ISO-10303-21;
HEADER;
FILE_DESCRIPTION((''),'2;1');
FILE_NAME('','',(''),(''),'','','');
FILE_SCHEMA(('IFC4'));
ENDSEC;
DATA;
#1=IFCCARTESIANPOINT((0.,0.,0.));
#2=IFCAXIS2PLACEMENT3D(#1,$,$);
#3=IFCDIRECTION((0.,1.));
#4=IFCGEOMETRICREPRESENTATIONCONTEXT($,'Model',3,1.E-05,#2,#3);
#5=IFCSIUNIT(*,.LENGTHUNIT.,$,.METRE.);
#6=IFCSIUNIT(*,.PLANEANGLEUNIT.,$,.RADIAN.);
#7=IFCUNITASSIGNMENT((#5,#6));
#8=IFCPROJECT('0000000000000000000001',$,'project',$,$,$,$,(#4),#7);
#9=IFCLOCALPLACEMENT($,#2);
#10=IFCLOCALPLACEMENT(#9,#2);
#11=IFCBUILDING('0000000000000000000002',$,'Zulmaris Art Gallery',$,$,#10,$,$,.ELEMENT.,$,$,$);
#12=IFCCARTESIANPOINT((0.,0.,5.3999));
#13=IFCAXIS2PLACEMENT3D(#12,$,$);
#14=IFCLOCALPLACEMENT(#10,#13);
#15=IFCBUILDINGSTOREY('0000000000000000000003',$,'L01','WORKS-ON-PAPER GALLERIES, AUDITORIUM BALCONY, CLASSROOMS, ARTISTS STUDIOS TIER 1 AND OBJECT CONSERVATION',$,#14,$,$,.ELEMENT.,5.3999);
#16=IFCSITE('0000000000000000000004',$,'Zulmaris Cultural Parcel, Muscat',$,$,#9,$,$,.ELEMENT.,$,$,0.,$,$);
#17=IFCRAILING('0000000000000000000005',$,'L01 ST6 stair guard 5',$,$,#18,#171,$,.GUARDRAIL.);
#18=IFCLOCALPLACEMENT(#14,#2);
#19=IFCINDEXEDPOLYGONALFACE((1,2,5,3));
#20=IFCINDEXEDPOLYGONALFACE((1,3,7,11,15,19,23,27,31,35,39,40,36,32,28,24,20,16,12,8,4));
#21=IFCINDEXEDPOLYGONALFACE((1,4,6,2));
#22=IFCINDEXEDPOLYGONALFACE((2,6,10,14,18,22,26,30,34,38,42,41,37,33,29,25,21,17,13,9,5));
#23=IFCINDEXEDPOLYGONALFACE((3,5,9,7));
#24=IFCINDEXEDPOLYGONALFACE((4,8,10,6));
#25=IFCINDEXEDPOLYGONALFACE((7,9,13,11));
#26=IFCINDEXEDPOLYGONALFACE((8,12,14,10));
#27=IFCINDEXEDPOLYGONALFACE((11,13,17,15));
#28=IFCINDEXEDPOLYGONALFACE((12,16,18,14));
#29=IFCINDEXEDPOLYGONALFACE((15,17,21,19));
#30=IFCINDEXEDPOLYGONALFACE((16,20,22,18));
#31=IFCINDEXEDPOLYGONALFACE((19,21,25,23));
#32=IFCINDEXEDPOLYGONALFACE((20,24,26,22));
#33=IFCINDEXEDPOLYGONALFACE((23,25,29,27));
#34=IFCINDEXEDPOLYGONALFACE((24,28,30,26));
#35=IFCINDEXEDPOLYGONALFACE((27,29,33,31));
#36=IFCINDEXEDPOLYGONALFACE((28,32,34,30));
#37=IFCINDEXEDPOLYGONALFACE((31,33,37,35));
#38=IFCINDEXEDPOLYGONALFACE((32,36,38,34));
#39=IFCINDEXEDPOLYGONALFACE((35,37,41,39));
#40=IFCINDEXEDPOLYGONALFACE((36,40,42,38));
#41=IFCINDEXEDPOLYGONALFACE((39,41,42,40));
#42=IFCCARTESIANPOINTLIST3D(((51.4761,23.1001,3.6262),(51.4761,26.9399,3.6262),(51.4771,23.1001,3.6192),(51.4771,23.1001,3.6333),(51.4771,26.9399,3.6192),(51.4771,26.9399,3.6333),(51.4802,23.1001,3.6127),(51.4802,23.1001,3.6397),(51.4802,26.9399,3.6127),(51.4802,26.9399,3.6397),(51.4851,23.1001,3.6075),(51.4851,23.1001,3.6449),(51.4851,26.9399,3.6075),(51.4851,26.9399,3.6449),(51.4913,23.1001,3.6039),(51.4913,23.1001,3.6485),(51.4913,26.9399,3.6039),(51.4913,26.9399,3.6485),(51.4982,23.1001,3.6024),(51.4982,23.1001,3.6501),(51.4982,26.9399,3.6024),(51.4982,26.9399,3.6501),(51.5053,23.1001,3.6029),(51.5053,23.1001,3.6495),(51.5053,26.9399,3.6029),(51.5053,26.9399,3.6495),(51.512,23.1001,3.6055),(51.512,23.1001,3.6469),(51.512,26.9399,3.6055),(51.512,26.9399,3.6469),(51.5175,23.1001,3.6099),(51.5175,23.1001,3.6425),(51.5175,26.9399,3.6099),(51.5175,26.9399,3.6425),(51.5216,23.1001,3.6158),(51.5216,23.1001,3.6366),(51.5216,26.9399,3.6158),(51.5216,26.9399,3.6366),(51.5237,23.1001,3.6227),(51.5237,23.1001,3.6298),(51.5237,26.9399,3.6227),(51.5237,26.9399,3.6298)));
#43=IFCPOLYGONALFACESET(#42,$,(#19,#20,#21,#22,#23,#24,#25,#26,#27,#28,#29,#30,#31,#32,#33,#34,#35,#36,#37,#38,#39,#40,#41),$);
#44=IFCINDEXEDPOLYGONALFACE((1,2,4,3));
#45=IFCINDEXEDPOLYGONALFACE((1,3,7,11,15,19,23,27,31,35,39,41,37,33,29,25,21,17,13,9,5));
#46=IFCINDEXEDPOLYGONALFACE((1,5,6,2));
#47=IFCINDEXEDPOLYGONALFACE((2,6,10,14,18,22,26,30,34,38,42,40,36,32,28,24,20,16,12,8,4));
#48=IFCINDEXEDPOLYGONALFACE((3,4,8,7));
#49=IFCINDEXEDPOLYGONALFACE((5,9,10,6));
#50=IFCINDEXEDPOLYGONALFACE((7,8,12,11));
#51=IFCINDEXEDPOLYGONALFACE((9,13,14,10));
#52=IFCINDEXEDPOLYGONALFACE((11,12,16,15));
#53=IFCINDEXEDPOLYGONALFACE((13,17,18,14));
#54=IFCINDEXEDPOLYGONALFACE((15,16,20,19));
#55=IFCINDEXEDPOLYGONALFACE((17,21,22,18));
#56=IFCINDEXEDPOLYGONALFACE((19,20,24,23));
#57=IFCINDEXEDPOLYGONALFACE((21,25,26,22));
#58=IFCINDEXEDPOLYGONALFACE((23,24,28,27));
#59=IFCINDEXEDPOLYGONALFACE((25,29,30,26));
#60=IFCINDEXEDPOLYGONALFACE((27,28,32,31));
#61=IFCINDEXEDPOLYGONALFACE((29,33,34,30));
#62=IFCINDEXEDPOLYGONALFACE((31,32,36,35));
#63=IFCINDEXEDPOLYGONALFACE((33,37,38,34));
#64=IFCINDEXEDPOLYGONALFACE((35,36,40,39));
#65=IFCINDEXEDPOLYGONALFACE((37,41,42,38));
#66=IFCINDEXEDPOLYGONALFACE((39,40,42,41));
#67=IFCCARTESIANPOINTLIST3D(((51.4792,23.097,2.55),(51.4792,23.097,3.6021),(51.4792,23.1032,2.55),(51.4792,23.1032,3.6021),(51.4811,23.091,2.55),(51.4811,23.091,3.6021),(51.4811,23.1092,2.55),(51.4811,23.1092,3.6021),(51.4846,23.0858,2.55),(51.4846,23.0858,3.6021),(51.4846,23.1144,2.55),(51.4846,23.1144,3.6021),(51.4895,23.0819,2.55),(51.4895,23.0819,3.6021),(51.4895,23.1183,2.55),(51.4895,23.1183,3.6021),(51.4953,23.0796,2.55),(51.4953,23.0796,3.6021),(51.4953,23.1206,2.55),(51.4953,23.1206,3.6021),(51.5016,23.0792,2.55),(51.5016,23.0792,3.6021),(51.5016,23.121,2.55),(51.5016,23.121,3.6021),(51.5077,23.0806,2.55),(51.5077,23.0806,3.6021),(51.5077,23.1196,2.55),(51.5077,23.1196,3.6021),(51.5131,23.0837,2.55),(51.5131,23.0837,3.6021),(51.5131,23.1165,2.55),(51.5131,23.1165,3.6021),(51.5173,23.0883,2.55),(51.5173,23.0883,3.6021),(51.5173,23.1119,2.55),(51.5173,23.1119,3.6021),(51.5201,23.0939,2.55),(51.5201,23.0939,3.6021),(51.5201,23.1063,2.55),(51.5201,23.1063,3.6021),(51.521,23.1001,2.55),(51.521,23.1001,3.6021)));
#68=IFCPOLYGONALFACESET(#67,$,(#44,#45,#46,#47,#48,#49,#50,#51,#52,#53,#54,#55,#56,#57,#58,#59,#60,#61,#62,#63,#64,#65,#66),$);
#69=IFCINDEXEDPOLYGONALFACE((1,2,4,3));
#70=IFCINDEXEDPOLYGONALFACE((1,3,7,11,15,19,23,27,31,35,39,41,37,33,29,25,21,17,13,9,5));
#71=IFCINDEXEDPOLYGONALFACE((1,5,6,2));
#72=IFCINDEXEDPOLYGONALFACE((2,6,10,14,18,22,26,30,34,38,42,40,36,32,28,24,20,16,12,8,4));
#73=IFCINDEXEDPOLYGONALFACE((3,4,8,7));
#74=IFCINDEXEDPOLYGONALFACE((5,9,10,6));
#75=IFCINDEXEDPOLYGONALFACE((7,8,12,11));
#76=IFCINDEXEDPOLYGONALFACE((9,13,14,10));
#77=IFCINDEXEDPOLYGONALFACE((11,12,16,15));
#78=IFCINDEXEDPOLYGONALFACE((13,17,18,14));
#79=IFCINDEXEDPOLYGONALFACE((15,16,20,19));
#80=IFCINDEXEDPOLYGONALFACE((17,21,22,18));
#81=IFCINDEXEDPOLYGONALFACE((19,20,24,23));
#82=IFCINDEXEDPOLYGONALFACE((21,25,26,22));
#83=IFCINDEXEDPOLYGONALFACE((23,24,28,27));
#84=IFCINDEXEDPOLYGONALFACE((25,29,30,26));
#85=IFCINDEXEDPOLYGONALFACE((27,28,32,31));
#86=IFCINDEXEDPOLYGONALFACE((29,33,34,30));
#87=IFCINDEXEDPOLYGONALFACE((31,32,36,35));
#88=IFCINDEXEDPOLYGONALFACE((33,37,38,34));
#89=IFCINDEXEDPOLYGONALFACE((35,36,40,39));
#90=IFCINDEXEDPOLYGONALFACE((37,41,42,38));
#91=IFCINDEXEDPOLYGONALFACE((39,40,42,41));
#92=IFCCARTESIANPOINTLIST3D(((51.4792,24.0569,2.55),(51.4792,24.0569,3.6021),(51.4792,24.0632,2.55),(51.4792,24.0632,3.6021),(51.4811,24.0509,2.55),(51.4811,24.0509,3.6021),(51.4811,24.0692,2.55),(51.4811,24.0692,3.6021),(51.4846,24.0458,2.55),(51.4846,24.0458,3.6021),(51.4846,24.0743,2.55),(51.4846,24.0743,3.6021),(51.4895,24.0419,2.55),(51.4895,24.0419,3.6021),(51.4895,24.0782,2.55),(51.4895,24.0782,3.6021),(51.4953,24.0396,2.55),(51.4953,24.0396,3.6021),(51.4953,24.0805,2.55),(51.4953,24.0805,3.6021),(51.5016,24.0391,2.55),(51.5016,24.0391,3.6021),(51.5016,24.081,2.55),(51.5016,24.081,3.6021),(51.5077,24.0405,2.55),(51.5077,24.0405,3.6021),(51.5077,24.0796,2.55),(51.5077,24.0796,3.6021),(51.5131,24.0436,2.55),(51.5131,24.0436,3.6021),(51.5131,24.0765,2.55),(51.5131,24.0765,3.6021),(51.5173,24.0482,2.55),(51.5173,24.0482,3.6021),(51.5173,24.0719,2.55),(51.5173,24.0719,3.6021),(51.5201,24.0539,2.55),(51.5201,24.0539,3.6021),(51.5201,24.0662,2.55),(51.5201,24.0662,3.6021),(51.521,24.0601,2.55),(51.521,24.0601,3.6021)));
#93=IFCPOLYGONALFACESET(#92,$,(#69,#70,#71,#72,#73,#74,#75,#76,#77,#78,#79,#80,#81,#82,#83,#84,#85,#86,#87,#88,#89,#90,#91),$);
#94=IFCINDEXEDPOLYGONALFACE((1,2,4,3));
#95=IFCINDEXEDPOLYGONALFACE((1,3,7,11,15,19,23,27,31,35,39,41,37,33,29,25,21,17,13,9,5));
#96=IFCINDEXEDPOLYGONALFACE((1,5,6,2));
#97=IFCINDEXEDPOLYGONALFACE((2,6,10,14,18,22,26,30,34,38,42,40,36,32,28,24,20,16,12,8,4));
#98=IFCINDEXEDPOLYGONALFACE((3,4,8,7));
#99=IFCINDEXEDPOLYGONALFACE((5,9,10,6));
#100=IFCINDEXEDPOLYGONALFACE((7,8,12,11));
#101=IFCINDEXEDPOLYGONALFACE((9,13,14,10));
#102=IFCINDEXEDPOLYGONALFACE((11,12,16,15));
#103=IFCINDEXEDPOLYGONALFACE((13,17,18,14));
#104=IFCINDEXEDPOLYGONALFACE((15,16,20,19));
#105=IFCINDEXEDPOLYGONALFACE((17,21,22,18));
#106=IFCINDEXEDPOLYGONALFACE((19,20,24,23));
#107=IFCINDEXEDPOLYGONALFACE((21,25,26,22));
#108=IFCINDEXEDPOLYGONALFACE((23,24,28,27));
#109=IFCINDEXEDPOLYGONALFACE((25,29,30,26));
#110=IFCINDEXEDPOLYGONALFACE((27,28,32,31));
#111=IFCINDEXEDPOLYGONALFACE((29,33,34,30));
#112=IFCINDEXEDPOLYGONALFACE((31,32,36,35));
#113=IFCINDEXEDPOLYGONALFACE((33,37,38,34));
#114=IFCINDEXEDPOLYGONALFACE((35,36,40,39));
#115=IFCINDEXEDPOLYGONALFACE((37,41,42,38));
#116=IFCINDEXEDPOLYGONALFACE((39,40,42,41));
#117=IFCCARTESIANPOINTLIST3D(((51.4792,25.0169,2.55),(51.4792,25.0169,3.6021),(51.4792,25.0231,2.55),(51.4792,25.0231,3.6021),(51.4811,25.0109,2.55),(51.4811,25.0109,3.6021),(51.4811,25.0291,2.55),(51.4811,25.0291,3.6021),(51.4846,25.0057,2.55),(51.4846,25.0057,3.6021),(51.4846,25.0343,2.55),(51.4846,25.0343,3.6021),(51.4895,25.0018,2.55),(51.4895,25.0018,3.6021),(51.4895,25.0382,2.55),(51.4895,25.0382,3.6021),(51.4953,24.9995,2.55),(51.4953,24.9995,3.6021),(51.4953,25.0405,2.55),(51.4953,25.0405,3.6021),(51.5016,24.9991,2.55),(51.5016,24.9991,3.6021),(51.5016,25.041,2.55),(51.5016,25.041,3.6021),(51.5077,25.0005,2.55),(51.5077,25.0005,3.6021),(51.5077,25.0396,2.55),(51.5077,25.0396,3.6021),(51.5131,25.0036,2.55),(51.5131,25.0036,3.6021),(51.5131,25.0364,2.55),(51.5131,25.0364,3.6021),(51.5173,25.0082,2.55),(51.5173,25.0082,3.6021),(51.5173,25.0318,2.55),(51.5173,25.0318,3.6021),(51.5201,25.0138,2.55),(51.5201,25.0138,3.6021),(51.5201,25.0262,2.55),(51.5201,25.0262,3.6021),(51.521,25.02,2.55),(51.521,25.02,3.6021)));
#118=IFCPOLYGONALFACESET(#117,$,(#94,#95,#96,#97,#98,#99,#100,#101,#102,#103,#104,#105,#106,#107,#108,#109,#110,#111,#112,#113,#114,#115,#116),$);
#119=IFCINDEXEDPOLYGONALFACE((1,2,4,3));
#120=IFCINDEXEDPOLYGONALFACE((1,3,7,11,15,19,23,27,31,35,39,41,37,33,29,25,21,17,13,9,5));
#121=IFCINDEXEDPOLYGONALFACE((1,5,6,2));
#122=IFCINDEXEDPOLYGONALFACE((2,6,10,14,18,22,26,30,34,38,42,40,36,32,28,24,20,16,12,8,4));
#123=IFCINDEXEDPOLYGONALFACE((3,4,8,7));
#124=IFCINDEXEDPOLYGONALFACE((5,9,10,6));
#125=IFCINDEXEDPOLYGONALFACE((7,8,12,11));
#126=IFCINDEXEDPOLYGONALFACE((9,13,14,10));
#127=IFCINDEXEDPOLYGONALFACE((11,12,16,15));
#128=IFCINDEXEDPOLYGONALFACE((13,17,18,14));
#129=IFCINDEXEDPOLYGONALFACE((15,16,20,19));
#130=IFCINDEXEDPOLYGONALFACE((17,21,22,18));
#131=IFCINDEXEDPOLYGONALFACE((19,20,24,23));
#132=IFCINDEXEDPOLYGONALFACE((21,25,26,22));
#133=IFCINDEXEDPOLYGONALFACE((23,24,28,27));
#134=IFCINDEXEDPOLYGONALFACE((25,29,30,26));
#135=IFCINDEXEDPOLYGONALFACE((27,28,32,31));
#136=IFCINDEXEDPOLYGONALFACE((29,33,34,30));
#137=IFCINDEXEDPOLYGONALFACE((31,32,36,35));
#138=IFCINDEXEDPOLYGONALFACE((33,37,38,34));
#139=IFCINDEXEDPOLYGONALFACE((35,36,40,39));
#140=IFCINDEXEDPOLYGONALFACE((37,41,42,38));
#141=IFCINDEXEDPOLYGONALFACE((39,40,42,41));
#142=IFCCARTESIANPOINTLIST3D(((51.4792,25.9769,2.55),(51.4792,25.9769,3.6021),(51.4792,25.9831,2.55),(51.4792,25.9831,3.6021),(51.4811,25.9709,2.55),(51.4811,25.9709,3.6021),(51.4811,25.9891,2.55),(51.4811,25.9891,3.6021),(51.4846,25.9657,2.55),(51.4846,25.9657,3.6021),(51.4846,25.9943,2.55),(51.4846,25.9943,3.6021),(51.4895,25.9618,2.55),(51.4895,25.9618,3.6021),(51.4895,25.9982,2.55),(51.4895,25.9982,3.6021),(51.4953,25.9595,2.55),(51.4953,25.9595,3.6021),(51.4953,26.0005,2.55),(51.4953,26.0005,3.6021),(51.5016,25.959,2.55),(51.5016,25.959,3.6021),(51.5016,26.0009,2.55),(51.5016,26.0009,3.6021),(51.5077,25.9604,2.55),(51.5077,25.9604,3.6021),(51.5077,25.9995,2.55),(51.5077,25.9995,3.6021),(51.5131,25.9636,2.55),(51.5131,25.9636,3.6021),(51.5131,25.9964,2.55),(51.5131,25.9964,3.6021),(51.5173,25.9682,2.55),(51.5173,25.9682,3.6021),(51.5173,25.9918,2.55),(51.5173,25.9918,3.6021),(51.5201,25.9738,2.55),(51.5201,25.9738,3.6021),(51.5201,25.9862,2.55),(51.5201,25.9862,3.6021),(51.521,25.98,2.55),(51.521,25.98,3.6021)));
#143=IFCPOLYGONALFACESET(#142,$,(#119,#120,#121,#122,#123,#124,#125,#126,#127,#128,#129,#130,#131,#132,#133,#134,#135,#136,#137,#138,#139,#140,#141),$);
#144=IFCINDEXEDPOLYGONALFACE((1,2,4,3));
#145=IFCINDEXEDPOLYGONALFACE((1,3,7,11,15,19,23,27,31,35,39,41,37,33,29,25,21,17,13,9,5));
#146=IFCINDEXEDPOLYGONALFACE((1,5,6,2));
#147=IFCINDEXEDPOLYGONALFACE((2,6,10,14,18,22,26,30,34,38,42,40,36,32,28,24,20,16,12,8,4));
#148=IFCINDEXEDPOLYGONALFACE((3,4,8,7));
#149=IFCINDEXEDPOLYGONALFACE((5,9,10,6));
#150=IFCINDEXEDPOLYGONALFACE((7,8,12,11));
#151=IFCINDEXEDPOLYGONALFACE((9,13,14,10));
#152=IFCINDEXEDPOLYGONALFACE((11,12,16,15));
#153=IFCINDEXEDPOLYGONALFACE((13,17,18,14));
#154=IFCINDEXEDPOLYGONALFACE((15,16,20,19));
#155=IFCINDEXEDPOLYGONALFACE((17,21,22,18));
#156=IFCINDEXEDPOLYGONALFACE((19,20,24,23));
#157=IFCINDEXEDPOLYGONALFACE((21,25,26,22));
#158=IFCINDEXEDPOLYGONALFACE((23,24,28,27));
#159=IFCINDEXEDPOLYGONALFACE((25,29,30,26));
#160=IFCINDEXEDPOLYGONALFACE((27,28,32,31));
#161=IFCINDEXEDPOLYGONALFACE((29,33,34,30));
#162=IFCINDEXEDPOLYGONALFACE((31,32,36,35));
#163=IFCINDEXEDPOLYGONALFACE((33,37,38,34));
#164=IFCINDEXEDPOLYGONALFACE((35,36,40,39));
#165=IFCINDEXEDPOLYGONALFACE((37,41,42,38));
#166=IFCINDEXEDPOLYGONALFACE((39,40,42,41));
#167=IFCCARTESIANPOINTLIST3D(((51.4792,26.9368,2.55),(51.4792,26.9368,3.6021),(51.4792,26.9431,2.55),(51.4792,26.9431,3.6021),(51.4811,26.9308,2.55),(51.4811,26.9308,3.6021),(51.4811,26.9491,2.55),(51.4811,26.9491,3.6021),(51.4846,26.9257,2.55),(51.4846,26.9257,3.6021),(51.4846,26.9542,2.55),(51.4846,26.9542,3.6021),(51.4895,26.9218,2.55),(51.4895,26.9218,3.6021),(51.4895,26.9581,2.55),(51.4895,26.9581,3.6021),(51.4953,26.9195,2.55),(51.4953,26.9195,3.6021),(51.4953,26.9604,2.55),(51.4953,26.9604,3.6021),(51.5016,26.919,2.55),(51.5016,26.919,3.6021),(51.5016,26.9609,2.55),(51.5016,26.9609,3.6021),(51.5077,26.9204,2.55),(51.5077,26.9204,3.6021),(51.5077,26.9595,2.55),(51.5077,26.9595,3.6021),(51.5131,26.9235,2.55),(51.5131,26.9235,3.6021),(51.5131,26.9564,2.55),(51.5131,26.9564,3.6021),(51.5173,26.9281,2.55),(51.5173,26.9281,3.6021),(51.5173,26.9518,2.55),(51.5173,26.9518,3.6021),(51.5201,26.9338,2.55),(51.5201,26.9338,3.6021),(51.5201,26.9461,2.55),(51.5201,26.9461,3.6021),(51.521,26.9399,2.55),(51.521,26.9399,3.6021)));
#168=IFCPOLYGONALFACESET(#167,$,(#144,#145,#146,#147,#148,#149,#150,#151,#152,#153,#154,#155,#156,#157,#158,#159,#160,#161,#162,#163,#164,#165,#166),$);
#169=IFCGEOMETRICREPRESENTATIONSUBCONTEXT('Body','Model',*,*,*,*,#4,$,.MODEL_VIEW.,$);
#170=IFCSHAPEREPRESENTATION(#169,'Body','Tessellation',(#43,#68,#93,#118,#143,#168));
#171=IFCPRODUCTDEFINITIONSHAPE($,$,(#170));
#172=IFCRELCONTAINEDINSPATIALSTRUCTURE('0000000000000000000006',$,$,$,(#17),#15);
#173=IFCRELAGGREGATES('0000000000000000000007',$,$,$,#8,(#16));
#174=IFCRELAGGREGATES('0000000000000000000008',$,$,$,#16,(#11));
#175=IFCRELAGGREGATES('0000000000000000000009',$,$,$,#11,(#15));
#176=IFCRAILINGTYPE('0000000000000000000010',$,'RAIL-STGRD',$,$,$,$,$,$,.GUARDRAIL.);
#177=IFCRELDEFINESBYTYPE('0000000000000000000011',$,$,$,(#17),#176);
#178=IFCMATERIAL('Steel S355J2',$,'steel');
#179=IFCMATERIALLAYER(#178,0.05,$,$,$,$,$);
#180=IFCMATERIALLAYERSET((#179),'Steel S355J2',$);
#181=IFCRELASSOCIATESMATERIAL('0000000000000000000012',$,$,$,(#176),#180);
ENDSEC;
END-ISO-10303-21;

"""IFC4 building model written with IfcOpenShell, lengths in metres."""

from ifc_helpers import new_model, si_unit, direction, frame, origin, origin_2d, place, context, subcontext, project, spatial, circle, extrude, material, layer, layer_set, type_object, element, save


model = new_model("IFC4")

# Units and contexts
model_context = context("Model", 3, precision=1e-05, world=origin(), true_north=direction((0.0, 1.0)))
body_context = subcontext(model_context, "Body", "Model", "MODEL_VIEW")
ifc_project = project(units=[si_unit("LENGTHUNIT", "METRE"), si_unit("PLANEANGLEUNIT", "RADIAN")], contexts=[model_context])

# Site, building, storey
site_placement = place(None, origin())
site = spatial("IfcSite", under=ifc_project, at=site_placement, Name="Zulmaris Cultural Parcel, Muscat", CompositionType="ELEMENT", RefElevation=0.0)
building_placement = place(site_placement, origin())
building = spatial("IfcBuilding", under=site, at=building_placement, Name="Zulmaris Art Gallery", CompositionType="ELEMENT")
storey_placement = place(building_placement, frame((0.0, 0.0, 5.3999)))
storey = spatial("IfcBuildingStorey", under=building, at=storey_placement, Name="L01", Description="WORKS-ON-PAPER GALLERIES, AUDITORIUM BALCONY, CLASSROOMS, ARTISTS STUDIOS TIER 1 AND OBJECT CONSERVATION", CompositionType="ELEMENT", Elevation=5.3999)

# Shared definitions
ifc_material_1 = material(Name="Steel S355J2", Category="steel")

# Railing
ifc_layer_1 = layer(ifc_material_1, 0.05)
ifc_layer_set_1 = layer_set([ifc_layer_1], Name="Steel S355J2")
railing_type_1 = type_object("IfcRailingType", Name="RAIL-STGRD", PredefinedType="GUARDRAIL", material=ifc_layer_set_1)
railing_1_placement = place(storey_placement, frame((51.5, 23.1001, 2.55)))
element("IfcRailing", 1, at=railing_1_placement, inside=storey, type_object=railing_type_1, Name="L01 ST6 stair guard 5", PredefinedType="GUARDRAIL", context=body_context, shape_type="SweptSolid", body=[
    extrude(circle(Radius=0.0239, at=origin_2d()), frame((0.0, 0.0, 1.0762), z_axis=(0.0, 1.0, 0.0), x_axis=(-1.0, 0.0, 0.0)), (0.0, 0.0, 1.0), 3.8398),
    extrude(circle(Radius=0.021, at=origin_2d()), origin(), (0.0, 0.0, 1.0), 1.052),
    extrude(circle(Radius=0.021, at=origin_2d()), frame((0.0, 0.96, 0.0)), (0.0, 0.0, 1.0), 1.052),
    extrude(circle(Radius=0.021, at=origin_2d()), frame((0.0, 1.9199, 0.0)), (0.0, 0.0, 1.0), 1.052),
    extrude(circle(Radius=0.021, at=origin_2d()), frame((0.0, 2.8799, 0.0)), (0.0, 0.0, 1.0), 1.052),
    extrude(circle(Radius=0.021, at=origin_2d()), frame((0.0, 3.8398, 0.0)), (0.0, 0.0, 1.0), 1.052),
])

save(model, "model.ifc")
